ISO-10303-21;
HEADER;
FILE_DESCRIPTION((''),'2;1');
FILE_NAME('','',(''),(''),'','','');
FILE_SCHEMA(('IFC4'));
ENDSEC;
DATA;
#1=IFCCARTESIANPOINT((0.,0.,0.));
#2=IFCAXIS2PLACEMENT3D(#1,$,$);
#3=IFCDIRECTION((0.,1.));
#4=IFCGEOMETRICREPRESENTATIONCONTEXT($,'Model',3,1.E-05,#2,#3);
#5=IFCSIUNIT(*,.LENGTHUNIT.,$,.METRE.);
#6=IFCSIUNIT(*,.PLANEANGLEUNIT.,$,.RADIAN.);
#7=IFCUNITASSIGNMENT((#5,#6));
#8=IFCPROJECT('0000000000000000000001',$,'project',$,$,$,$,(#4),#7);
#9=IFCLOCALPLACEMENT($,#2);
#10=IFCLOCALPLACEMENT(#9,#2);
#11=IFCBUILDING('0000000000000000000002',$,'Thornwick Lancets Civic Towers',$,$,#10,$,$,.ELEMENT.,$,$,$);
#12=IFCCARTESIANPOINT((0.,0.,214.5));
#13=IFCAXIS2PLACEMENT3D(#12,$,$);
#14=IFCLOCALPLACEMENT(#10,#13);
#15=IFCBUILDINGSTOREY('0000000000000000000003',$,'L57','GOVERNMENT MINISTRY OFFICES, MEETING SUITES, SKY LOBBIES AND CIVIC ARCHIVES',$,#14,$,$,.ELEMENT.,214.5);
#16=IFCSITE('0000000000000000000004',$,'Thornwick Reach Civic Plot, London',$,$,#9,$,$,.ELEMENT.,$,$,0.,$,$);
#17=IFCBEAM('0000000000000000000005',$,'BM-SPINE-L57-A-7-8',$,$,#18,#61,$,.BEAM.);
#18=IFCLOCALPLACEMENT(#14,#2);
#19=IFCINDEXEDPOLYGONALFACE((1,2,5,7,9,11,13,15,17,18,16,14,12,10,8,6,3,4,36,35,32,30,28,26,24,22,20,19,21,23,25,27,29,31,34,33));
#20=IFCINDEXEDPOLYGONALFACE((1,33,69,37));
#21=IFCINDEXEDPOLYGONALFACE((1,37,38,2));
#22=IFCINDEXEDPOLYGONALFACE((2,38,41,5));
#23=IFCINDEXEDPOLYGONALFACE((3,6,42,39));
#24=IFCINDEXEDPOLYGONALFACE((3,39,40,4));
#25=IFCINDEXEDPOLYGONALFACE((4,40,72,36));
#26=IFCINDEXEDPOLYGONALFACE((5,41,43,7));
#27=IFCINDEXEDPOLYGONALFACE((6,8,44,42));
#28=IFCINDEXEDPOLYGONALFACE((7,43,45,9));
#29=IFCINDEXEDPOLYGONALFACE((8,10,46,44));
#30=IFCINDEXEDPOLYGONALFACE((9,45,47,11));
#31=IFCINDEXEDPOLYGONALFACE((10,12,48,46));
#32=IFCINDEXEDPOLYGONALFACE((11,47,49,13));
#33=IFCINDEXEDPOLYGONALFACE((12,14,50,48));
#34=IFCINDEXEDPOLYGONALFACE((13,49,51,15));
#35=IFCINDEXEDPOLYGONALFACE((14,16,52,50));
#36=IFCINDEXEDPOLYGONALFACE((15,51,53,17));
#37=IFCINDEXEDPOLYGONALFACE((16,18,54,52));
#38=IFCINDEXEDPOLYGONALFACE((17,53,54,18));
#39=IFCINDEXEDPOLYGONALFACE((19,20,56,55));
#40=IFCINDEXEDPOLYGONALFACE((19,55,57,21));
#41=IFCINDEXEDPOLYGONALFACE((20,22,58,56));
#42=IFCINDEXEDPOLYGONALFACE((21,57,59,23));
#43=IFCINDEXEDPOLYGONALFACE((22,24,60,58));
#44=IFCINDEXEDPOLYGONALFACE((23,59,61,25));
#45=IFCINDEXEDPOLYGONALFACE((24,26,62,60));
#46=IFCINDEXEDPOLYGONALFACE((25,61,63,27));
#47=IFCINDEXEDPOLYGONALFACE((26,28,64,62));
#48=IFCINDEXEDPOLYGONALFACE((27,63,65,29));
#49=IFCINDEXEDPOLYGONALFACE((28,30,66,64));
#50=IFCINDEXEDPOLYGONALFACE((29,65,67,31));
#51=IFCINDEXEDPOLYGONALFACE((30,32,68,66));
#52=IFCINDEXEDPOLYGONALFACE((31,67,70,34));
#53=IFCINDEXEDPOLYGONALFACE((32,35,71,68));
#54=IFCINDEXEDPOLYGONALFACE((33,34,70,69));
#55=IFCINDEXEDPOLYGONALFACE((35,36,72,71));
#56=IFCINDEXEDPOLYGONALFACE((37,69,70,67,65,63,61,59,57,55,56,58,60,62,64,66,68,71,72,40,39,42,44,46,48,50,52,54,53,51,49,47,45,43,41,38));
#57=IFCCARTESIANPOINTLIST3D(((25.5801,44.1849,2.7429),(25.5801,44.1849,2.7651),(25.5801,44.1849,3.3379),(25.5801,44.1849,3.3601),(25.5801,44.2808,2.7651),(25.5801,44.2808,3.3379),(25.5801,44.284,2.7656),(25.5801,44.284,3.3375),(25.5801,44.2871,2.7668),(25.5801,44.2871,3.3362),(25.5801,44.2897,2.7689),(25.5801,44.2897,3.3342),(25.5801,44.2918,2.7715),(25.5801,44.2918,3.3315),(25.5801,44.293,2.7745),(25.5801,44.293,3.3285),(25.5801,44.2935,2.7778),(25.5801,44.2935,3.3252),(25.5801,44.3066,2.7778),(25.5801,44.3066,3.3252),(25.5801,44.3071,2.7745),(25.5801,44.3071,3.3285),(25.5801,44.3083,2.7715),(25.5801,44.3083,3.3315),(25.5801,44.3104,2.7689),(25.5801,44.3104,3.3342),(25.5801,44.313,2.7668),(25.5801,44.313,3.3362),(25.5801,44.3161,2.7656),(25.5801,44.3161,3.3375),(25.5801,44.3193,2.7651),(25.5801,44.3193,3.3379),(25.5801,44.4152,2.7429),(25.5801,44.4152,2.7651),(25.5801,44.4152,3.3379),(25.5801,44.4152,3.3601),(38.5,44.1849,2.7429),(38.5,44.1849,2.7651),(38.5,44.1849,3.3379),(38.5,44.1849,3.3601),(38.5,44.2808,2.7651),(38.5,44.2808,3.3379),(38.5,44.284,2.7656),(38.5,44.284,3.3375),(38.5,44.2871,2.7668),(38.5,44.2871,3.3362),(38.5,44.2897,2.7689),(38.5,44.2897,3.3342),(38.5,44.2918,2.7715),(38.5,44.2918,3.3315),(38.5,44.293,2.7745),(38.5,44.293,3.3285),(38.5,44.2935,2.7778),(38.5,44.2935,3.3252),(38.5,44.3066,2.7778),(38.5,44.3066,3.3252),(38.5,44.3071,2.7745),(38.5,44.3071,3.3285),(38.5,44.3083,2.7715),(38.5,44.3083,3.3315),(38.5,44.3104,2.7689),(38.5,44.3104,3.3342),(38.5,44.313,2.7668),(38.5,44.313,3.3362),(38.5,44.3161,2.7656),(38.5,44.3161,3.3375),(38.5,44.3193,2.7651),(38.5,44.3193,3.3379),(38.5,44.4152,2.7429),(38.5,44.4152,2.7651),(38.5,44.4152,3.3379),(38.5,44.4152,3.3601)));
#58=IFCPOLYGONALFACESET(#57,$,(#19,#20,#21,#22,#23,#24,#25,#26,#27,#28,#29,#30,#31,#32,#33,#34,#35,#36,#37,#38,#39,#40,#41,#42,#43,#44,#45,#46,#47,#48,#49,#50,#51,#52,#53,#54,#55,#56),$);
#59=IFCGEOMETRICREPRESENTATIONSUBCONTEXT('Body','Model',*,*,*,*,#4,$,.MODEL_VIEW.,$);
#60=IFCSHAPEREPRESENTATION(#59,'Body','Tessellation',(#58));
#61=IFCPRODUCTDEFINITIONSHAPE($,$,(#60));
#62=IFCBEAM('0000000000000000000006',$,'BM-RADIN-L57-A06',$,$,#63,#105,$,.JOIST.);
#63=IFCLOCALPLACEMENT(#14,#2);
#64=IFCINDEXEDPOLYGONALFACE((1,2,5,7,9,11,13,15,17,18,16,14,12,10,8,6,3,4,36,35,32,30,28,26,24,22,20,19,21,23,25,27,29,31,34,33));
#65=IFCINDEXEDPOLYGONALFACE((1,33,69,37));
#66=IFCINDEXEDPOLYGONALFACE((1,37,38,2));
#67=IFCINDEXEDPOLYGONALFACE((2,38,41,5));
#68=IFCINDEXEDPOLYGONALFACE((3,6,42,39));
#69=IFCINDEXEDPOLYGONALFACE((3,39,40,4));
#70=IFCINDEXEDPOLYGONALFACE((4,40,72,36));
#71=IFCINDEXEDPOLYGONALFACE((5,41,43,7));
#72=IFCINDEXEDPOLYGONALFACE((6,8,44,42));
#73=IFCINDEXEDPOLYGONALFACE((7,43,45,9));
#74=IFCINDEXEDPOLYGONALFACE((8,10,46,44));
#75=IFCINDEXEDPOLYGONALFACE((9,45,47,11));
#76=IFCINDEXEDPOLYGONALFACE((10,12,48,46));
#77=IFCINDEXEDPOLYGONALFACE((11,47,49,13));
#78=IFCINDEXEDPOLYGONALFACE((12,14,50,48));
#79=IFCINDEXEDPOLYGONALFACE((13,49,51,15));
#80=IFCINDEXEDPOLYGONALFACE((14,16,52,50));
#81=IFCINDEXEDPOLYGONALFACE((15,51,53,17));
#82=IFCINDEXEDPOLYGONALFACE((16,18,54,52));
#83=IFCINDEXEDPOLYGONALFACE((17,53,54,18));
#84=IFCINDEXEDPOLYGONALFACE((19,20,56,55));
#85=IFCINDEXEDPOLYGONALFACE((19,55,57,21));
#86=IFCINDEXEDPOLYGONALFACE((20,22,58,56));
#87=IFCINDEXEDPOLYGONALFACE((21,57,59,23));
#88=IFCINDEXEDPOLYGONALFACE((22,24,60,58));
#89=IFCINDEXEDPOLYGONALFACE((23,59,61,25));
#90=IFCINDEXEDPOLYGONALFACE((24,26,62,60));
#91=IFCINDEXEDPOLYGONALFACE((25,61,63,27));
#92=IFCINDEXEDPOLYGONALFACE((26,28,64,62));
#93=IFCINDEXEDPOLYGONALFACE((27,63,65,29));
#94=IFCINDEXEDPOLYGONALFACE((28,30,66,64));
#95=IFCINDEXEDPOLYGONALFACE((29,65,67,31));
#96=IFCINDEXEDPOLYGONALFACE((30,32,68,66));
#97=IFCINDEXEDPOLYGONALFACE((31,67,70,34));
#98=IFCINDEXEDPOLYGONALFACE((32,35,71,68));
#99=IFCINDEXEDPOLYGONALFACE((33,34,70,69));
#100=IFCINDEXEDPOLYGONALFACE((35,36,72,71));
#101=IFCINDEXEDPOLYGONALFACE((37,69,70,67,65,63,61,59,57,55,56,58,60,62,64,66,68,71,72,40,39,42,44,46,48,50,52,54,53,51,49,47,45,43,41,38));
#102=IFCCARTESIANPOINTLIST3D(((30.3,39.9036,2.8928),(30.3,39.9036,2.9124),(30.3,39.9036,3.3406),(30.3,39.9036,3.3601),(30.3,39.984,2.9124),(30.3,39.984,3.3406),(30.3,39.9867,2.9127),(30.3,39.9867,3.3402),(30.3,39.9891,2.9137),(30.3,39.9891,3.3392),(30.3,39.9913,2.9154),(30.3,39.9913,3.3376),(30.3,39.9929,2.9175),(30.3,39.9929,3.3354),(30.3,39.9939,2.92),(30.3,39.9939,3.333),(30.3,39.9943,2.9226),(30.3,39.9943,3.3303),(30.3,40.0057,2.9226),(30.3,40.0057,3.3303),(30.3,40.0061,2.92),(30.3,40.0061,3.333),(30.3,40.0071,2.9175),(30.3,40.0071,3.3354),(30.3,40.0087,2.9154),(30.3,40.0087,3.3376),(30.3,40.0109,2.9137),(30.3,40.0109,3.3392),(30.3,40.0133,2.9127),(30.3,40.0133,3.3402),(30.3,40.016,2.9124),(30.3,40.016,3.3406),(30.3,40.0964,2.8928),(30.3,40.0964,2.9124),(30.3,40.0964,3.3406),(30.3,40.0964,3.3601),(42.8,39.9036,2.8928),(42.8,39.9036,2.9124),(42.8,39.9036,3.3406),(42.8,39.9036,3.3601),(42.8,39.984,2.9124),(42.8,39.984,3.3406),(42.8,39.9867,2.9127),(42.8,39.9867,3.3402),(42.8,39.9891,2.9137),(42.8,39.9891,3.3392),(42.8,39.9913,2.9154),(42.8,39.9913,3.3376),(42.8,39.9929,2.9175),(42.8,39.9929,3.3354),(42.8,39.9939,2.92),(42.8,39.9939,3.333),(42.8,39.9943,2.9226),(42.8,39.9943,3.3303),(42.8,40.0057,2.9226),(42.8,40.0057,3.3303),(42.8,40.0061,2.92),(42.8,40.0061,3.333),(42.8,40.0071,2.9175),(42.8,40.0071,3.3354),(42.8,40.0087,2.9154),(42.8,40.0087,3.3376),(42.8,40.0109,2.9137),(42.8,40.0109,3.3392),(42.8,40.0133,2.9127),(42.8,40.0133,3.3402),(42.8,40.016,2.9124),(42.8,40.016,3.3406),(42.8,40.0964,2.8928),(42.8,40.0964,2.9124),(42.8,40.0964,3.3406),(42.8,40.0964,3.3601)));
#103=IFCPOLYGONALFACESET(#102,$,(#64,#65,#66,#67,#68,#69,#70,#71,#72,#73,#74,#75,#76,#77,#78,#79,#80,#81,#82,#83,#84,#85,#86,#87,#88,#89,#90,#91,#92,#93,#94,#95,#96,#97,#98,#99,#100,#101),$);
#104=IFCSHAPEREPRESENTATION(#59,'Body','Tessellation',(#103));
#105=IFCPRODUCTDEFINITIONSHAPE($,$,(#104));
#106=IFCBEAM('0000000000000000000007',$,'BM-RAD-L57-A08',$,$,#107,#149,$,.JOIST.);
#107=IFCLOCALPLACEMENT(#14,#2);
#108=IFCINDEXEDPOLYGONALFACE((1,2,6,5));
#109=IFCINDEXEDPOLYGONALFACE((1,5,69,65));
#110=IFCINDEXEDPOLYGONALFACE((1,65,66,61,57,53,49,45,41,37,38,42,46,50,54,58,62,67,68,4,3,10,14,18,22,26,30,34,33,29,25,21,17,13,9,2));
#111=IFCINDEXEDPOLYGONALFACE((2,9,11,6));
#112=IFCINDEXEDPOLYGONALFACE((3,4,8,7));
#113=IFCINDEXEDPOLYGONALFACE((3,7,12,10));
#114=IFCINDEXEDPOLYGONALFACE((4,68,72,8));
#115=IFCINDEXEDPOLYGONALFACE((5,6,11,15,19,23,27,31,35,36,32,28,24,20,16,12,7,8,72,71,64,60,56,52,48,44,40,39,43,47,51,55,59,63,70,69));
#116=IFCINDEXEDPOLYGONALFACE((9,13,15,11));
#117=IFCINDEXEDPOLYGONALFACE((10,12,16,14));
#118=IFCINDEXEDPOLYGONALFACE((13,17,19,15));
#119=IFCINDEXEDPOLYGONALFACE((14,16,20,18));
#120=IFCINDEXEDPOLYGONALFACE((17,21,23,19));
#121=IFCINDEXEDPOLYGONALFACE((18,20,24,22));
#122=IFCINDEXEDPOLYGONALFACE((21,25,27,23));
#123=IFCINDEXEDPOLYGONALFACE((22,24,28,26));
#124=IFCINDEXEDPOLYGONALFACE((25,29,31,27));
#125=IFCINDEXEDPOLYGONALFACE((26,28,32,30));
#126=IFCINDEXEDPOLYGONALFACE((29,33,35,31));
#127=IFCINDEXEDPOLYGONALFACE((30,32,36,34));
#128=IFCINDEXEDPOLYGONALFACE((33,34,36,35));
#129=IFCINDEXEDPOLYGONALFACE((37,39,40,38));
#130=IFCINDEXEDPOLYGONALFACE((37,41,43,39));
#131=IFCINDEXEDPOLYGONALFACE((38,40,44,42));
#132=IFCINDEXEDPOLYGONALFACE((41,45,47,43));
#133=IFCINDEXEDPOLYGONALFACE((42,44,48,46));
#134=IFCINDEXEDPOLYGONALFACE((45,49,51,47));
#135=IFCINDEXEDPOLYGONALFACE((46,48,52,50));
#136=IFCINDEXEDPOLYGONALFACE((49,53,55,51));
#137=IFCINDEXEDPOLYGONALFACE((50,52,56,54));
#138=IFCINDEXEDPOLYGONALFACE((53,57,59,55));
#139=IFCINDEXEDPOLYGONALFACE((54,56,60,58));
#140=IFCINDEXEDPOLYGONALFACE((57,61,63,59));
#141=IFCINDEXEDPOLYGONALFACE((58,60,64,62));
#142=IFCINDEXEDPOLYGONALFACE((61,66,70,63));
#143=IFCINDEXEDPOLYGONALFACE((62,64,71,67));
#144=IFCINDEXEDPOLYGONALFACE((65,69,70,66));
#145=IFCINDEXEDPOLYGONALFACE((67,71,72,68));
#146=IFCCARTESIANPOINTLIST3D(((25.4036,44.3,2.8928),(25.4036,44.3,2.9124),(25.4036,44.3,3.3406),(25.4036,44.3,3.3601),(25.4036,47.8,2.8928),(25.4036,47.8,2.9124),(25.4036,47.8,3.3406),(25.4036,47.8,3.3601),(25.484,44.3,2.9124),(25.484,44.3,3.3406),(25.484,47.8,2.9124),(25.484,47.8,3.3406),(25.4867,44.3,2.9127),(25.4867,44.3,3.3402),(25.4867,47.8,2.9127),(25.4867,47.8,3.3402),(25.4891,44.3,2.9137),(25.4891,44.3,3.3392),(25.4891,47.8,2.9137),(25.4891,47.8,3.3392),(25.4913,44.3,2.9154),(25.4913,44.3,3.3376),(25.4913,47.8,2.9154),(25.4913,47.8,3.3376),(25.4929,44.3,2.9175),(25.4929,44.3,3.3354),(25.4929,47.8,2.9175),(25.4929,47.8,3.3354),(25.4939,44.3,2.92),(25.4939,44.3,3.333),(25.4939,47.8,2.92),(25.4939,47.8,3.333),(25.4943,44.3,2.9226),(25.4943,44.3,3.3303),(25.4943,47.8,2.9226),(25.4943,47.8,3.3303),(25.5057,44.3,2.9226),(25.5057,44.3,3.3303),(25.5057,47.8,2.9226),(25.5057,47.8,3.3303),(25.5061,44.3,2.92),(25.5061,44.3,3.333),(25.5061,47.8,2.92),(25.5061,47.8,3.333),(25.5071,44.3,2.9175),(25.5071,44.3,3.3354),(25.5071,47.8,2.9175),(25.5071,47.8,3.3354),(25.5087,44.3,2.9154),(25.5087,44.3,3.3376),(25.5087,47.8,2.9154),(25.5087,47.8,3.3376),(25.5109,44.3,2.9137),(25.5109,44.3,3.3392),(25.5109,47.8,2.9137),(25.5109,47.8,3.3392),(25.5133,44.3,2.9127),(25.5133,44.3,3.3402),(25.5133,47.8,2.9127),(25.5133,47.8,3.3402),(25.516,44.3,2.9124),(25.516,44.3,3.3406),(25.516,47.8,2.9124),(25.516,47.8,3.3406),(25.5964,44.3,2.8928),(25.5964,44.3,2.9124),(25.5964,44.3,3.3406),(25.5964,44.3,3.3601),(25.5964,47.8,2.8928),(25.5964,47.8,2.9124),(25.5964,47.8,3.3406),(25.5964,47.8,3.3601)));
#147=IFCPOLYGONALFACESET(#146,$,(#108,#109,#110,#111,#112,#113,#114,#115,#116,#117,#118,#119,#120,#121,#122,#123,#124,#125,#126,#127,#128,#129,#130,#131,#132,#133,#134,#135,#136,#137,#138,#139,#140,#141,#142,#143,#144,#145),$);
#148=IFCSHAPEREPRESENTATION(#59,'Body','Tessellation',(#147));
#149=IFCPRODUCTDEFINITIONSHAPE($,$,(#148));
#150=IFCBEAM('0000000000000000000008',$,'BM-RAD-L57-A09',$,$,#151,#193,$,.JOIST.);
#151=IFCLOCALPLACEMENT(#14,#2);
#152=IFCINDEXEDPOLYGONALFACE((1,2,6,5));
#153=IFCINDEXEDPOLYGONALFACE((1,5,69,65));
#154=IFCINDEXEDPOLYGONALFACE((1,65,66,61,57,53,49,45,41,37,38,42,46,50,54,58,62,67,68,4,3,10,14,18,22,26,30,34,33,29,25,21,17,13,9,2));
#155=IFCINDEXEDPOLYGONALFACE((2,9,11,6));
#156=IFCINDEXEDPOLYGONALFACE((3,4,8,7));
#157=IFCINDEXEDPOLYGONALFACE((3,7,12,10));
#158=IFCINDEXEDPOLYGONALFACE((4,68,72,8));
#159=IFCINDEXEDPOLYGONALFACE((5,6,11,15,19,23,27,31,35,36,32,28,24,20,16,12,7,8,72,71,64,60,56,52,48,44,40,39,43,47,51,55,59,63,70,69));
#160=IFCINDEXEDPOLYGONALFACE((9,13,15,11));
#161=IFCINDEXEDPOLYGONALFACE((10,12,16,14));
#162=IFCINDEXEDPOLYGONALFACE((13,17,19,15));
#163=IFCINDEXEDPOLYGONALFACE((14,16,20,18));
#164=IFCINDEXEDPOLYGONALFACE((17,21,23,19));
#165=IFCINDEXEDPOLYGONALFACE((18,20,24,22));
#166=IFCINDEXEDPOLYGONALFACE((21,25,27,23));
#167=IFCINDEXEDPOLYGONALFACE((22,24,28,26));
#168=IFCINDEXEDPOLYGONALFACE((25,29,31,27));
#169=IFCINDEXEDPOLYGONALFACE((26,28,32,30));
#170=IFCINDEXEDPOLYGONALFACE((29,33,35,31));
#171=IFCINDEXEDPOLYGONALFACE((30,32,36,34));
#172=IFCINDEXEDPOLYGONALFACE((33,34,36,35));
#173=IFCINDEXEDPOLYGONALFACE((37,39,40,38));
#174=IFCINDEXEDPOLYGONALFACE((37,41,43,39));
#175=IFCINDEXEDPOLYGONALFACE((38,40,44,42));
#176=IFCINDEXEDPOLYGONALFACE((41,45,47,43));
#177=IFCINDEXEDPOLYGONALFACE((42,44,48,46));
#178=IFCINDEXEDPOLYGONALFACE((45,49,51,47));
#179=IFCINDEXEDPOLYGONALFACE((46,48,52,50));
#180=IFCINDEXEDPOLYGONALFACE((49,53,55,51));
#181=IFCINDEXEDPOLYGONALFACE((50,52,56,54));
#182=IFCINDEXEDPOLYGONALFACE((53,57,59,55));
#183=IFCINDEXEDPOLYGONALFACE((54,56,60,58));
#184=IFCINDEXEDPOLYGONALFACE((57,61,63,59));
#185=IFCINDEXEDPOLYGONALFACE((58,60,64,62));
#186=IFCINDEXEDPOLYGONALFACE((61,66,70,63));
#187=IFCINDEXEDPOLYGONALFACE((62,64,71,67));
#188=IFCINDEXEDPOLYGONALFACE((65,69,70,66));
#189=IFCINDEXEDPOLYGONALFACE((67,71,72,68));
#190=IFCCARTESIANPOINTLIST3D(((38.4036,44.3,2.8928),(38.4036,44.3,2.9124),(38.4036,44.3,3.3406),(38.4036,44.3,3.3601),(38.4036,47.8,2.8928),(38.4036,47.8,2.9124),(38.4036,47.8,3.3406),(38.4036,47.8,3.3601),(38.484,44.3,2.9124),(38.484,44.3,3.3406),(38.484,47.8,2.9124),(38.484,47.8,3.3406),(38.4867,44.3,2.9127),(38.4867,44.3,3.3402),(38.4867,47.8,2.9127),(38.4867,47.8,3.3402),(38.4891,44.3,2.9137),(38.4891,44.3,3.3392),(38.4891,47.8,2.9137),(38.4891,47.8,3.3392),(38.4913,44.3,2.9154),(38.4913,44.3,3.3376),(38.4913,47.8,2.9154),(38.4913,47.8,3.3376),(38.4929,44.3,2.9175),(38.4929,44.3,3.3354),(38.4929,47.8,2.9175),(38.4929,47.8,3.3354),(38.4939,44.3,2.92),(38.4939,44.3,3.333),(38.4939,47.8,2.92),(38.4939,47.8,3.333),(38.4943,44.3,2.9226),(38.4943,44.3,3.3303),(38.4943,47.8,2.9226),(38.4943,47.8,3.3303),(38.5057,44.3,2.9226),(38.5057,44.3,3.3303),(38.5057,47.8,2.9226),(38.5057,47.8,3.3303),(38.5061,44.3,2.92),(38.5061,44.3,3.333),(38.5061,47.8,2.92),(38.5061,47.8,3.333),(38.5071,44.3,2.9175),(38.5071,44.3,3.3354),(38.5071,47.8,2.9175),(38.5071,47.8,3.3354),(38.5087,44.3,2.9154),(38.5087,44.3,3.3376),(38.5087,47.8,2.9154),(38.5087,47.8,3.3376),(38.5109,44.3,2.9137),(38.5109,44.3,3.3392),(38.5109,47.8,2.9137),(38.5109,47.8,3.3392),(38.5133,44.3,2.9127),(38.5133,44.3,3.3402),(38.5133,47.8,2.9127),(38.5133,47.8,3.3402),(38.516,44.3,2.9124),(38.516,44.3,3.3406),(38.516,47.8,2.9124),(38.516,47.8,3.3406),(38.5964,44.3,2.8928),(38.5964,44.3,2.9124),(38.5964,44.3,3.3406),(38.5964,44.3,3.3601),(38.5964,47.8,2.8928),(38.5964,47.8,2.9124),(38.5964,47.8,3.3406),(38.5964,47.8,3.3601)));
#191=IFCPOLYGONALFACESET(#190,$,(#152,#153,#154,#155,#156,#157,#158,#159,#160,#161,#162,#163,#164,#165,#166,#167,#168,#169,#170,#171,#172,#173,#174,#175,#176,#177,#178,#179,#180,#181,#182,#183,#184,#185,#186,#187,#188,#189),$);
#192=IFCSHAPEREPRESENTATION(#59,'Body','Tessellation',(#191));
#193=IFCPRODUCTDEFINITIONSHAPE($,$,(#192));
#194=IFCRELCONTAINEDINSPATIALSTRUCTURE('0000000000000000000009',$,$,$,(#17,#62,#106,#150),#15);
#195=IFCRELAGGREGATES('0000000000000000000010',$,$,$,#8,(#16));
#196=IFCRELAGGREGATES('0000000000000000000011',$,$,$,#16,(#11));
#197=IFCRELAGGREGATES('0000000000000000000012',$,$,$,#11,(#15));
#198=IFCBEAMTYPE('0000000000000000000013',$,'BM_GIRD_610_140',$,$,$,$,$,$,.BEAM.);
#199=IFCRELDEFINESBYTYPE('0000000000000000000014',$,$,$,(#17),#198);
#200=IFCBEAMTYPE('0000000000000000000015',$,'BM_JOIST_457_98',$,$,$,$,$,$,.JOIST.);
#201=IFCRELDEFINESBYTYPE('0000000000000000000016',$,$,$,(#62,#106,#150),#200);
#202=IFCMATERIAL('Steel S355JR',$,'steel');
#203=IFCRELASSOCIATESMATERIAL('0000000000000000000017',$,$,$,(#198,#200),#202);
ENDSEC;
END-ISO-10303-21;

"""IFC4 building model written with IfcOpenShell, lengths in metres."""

from ifc_helpers import new_model, si_unit, direction, frame, origin, origin_2d, place, context, subcontext, project, spatial, i_section, extrude, material, material_profile, profile_set, type_object, element, save


model = new_model("IFC4")

# Units and contexts
model_context = context("Model", 3, precision=1e-05, world=origin(), true_north=direction((0.0, 1.0)))
body_context = subcontext(model_context, "Body", "Model", "MODEL_VIEW")
ifc_project = project(units=[si_unit("LENGTHUNIT", "METRE"), si_unit("PLANEANGLEUNIT", "RADIAN")], contexts=[model_context])

# Site, building, storey
site_placement = place(None, origin())
site = spatial("IfcSite", under=ifc_project, at=site_placement, Name="Thornwick Reach Civic Plot, London", CompositionType="ELEMENT", RefElevation=0.0)
building_placement = place(site_placement, origin())
building = spatial("IfcBuilding", under=site, at=building_placement, Name="Thornwick Lancets Civic Towers", CompositionType="ELEMENT")
storey_placement = place(building_placement, frame((0.0, 0.0, 214.5)))
storey = spatial("IfcBuildingStorey", under=building, at=storey_placement, Name="L57", Description="GOVERNMENT MINISTRY OFFICES, MEETING SUITES, SKY LOBBIES AND CIVIC ARCHIVES", CompositionType="ELEMENT", Elevation=214.5)

# Shared definitions
ifc_material_1 = material(Name="Steel S355JR", Category="steel")

# Beams
ifc_material_profile_1 = material_profile(ifc_material_1, i_section(OverallWidth=0.2302, OverallDepth=0.6172, WebThickness=0.0132, FlangeThickness=0.0222, FilletRadius=0.0127, at=origin_2d()), Name="UKB 610x229x140")
ifc_profile_set_1 = profile_set([ifc_material_profile_1], Name="Steel S355JR")
beam_type_1 = type_object("IfcBeamType", Name="BM_GIRD_610_140", PredefinedType="BEAM", material=ifc_profile_set_1)
beam_1_placement = place(storey_placement, frame((25.5801, 44.3, 3.0515), z_axis=(1.0, 0.0, 0.0), x_axis=(0.0, 1.0, 0.0)))
element("IfcBeam", 1, at=beam_1_placement, inside=storey, type_object=beam_type_1, Name="BM-SPINE-L57-A-7-8", PredefinedType="BEAM", context=body_context, shape_type="SweptSolid", body=[
    extrude(i_section(OverallWidth=0.2302, OverallDepth=0.6172, WebThickness=0.0132, FlangeThickness=0.0222, FilletRadius=0.0127, at=origin_2d()), origin(), (0.0, 0.0, 1.0), 12.9199),
])
ifc_material_profile_2 = material_profile(ifc_material_1, i_section(OverallWidth=0.1929, OverallDepth=0.4673, WebThickness=0.0115, FlangeThickness=0.0195, FilletRadius=0.0103, at=origin_2d()), Name="UKB 457x191x98")
ifc_profile_set_2 = profile_set([ifc_material_profile_2], Name="Steel S355JR")
beam_type_2 = type_object("IfcBeamType", Name="BM_JOIST_457_98", PredefinedType="JOIST", material=ifc_profile_set_2)
beam_2_placement = place(storey_placement, frame((30.3, 40.0, 3.1265), z_axis=(1.0, 0.0, 0.0), x_axis=(0.0, 1.0, 0.0)))
element("IfcBeam", 2, at=beam_2_placement, inside=storey, type_object=beam_type_2, Name="BM-RADIN-L57-A06", PredefinedType="JOIST", context=body_context, shape_type="SweptSolid", body=[
    extrude(i_section(OverallWidth=0.1929, OverallDepth=0.4673, WebThickness=0.0115, FlangeThickness=0.0195, FilletRadius=0.0103, at=origin_2d()), origin(), (0.0, 0.0, 1.0), 12.5),
])
for number, where, z_axis, x_axis, name in (
    (3, (25.5, 44.3, 3.1265), (0.0, 1.0, 0.0), (-1.0, 0.0, 0.0), "BM-RAD-L57-A08"),
    (4, (38.5, 44.3, 3.1265), (0.0, 1.0, 0.0), (-1.0, 0.0, 0.0), "BM-RAD-L57-A09"),
):
    element("IfcBeam", number, at=place(storey_placement, frame(where, z_axis=z_axis, x_axis=x_axis)), inside=storey, type_object=beam_type_2, Name=name, PredefinedType="JOIST", context=body_context, shape_type="SweptSolid", body=[
        extrude(i_section(OverallWidth=0.1929, OverallDepth=0.4673, WebThickness=0.0115, FlangeThickness=0.0195, FilletRadius=0.0103, at=origin_2d()), origin(), (0.0, 0.0, 1.0), 3.5),
    ])

save(model, "model.ifc")
